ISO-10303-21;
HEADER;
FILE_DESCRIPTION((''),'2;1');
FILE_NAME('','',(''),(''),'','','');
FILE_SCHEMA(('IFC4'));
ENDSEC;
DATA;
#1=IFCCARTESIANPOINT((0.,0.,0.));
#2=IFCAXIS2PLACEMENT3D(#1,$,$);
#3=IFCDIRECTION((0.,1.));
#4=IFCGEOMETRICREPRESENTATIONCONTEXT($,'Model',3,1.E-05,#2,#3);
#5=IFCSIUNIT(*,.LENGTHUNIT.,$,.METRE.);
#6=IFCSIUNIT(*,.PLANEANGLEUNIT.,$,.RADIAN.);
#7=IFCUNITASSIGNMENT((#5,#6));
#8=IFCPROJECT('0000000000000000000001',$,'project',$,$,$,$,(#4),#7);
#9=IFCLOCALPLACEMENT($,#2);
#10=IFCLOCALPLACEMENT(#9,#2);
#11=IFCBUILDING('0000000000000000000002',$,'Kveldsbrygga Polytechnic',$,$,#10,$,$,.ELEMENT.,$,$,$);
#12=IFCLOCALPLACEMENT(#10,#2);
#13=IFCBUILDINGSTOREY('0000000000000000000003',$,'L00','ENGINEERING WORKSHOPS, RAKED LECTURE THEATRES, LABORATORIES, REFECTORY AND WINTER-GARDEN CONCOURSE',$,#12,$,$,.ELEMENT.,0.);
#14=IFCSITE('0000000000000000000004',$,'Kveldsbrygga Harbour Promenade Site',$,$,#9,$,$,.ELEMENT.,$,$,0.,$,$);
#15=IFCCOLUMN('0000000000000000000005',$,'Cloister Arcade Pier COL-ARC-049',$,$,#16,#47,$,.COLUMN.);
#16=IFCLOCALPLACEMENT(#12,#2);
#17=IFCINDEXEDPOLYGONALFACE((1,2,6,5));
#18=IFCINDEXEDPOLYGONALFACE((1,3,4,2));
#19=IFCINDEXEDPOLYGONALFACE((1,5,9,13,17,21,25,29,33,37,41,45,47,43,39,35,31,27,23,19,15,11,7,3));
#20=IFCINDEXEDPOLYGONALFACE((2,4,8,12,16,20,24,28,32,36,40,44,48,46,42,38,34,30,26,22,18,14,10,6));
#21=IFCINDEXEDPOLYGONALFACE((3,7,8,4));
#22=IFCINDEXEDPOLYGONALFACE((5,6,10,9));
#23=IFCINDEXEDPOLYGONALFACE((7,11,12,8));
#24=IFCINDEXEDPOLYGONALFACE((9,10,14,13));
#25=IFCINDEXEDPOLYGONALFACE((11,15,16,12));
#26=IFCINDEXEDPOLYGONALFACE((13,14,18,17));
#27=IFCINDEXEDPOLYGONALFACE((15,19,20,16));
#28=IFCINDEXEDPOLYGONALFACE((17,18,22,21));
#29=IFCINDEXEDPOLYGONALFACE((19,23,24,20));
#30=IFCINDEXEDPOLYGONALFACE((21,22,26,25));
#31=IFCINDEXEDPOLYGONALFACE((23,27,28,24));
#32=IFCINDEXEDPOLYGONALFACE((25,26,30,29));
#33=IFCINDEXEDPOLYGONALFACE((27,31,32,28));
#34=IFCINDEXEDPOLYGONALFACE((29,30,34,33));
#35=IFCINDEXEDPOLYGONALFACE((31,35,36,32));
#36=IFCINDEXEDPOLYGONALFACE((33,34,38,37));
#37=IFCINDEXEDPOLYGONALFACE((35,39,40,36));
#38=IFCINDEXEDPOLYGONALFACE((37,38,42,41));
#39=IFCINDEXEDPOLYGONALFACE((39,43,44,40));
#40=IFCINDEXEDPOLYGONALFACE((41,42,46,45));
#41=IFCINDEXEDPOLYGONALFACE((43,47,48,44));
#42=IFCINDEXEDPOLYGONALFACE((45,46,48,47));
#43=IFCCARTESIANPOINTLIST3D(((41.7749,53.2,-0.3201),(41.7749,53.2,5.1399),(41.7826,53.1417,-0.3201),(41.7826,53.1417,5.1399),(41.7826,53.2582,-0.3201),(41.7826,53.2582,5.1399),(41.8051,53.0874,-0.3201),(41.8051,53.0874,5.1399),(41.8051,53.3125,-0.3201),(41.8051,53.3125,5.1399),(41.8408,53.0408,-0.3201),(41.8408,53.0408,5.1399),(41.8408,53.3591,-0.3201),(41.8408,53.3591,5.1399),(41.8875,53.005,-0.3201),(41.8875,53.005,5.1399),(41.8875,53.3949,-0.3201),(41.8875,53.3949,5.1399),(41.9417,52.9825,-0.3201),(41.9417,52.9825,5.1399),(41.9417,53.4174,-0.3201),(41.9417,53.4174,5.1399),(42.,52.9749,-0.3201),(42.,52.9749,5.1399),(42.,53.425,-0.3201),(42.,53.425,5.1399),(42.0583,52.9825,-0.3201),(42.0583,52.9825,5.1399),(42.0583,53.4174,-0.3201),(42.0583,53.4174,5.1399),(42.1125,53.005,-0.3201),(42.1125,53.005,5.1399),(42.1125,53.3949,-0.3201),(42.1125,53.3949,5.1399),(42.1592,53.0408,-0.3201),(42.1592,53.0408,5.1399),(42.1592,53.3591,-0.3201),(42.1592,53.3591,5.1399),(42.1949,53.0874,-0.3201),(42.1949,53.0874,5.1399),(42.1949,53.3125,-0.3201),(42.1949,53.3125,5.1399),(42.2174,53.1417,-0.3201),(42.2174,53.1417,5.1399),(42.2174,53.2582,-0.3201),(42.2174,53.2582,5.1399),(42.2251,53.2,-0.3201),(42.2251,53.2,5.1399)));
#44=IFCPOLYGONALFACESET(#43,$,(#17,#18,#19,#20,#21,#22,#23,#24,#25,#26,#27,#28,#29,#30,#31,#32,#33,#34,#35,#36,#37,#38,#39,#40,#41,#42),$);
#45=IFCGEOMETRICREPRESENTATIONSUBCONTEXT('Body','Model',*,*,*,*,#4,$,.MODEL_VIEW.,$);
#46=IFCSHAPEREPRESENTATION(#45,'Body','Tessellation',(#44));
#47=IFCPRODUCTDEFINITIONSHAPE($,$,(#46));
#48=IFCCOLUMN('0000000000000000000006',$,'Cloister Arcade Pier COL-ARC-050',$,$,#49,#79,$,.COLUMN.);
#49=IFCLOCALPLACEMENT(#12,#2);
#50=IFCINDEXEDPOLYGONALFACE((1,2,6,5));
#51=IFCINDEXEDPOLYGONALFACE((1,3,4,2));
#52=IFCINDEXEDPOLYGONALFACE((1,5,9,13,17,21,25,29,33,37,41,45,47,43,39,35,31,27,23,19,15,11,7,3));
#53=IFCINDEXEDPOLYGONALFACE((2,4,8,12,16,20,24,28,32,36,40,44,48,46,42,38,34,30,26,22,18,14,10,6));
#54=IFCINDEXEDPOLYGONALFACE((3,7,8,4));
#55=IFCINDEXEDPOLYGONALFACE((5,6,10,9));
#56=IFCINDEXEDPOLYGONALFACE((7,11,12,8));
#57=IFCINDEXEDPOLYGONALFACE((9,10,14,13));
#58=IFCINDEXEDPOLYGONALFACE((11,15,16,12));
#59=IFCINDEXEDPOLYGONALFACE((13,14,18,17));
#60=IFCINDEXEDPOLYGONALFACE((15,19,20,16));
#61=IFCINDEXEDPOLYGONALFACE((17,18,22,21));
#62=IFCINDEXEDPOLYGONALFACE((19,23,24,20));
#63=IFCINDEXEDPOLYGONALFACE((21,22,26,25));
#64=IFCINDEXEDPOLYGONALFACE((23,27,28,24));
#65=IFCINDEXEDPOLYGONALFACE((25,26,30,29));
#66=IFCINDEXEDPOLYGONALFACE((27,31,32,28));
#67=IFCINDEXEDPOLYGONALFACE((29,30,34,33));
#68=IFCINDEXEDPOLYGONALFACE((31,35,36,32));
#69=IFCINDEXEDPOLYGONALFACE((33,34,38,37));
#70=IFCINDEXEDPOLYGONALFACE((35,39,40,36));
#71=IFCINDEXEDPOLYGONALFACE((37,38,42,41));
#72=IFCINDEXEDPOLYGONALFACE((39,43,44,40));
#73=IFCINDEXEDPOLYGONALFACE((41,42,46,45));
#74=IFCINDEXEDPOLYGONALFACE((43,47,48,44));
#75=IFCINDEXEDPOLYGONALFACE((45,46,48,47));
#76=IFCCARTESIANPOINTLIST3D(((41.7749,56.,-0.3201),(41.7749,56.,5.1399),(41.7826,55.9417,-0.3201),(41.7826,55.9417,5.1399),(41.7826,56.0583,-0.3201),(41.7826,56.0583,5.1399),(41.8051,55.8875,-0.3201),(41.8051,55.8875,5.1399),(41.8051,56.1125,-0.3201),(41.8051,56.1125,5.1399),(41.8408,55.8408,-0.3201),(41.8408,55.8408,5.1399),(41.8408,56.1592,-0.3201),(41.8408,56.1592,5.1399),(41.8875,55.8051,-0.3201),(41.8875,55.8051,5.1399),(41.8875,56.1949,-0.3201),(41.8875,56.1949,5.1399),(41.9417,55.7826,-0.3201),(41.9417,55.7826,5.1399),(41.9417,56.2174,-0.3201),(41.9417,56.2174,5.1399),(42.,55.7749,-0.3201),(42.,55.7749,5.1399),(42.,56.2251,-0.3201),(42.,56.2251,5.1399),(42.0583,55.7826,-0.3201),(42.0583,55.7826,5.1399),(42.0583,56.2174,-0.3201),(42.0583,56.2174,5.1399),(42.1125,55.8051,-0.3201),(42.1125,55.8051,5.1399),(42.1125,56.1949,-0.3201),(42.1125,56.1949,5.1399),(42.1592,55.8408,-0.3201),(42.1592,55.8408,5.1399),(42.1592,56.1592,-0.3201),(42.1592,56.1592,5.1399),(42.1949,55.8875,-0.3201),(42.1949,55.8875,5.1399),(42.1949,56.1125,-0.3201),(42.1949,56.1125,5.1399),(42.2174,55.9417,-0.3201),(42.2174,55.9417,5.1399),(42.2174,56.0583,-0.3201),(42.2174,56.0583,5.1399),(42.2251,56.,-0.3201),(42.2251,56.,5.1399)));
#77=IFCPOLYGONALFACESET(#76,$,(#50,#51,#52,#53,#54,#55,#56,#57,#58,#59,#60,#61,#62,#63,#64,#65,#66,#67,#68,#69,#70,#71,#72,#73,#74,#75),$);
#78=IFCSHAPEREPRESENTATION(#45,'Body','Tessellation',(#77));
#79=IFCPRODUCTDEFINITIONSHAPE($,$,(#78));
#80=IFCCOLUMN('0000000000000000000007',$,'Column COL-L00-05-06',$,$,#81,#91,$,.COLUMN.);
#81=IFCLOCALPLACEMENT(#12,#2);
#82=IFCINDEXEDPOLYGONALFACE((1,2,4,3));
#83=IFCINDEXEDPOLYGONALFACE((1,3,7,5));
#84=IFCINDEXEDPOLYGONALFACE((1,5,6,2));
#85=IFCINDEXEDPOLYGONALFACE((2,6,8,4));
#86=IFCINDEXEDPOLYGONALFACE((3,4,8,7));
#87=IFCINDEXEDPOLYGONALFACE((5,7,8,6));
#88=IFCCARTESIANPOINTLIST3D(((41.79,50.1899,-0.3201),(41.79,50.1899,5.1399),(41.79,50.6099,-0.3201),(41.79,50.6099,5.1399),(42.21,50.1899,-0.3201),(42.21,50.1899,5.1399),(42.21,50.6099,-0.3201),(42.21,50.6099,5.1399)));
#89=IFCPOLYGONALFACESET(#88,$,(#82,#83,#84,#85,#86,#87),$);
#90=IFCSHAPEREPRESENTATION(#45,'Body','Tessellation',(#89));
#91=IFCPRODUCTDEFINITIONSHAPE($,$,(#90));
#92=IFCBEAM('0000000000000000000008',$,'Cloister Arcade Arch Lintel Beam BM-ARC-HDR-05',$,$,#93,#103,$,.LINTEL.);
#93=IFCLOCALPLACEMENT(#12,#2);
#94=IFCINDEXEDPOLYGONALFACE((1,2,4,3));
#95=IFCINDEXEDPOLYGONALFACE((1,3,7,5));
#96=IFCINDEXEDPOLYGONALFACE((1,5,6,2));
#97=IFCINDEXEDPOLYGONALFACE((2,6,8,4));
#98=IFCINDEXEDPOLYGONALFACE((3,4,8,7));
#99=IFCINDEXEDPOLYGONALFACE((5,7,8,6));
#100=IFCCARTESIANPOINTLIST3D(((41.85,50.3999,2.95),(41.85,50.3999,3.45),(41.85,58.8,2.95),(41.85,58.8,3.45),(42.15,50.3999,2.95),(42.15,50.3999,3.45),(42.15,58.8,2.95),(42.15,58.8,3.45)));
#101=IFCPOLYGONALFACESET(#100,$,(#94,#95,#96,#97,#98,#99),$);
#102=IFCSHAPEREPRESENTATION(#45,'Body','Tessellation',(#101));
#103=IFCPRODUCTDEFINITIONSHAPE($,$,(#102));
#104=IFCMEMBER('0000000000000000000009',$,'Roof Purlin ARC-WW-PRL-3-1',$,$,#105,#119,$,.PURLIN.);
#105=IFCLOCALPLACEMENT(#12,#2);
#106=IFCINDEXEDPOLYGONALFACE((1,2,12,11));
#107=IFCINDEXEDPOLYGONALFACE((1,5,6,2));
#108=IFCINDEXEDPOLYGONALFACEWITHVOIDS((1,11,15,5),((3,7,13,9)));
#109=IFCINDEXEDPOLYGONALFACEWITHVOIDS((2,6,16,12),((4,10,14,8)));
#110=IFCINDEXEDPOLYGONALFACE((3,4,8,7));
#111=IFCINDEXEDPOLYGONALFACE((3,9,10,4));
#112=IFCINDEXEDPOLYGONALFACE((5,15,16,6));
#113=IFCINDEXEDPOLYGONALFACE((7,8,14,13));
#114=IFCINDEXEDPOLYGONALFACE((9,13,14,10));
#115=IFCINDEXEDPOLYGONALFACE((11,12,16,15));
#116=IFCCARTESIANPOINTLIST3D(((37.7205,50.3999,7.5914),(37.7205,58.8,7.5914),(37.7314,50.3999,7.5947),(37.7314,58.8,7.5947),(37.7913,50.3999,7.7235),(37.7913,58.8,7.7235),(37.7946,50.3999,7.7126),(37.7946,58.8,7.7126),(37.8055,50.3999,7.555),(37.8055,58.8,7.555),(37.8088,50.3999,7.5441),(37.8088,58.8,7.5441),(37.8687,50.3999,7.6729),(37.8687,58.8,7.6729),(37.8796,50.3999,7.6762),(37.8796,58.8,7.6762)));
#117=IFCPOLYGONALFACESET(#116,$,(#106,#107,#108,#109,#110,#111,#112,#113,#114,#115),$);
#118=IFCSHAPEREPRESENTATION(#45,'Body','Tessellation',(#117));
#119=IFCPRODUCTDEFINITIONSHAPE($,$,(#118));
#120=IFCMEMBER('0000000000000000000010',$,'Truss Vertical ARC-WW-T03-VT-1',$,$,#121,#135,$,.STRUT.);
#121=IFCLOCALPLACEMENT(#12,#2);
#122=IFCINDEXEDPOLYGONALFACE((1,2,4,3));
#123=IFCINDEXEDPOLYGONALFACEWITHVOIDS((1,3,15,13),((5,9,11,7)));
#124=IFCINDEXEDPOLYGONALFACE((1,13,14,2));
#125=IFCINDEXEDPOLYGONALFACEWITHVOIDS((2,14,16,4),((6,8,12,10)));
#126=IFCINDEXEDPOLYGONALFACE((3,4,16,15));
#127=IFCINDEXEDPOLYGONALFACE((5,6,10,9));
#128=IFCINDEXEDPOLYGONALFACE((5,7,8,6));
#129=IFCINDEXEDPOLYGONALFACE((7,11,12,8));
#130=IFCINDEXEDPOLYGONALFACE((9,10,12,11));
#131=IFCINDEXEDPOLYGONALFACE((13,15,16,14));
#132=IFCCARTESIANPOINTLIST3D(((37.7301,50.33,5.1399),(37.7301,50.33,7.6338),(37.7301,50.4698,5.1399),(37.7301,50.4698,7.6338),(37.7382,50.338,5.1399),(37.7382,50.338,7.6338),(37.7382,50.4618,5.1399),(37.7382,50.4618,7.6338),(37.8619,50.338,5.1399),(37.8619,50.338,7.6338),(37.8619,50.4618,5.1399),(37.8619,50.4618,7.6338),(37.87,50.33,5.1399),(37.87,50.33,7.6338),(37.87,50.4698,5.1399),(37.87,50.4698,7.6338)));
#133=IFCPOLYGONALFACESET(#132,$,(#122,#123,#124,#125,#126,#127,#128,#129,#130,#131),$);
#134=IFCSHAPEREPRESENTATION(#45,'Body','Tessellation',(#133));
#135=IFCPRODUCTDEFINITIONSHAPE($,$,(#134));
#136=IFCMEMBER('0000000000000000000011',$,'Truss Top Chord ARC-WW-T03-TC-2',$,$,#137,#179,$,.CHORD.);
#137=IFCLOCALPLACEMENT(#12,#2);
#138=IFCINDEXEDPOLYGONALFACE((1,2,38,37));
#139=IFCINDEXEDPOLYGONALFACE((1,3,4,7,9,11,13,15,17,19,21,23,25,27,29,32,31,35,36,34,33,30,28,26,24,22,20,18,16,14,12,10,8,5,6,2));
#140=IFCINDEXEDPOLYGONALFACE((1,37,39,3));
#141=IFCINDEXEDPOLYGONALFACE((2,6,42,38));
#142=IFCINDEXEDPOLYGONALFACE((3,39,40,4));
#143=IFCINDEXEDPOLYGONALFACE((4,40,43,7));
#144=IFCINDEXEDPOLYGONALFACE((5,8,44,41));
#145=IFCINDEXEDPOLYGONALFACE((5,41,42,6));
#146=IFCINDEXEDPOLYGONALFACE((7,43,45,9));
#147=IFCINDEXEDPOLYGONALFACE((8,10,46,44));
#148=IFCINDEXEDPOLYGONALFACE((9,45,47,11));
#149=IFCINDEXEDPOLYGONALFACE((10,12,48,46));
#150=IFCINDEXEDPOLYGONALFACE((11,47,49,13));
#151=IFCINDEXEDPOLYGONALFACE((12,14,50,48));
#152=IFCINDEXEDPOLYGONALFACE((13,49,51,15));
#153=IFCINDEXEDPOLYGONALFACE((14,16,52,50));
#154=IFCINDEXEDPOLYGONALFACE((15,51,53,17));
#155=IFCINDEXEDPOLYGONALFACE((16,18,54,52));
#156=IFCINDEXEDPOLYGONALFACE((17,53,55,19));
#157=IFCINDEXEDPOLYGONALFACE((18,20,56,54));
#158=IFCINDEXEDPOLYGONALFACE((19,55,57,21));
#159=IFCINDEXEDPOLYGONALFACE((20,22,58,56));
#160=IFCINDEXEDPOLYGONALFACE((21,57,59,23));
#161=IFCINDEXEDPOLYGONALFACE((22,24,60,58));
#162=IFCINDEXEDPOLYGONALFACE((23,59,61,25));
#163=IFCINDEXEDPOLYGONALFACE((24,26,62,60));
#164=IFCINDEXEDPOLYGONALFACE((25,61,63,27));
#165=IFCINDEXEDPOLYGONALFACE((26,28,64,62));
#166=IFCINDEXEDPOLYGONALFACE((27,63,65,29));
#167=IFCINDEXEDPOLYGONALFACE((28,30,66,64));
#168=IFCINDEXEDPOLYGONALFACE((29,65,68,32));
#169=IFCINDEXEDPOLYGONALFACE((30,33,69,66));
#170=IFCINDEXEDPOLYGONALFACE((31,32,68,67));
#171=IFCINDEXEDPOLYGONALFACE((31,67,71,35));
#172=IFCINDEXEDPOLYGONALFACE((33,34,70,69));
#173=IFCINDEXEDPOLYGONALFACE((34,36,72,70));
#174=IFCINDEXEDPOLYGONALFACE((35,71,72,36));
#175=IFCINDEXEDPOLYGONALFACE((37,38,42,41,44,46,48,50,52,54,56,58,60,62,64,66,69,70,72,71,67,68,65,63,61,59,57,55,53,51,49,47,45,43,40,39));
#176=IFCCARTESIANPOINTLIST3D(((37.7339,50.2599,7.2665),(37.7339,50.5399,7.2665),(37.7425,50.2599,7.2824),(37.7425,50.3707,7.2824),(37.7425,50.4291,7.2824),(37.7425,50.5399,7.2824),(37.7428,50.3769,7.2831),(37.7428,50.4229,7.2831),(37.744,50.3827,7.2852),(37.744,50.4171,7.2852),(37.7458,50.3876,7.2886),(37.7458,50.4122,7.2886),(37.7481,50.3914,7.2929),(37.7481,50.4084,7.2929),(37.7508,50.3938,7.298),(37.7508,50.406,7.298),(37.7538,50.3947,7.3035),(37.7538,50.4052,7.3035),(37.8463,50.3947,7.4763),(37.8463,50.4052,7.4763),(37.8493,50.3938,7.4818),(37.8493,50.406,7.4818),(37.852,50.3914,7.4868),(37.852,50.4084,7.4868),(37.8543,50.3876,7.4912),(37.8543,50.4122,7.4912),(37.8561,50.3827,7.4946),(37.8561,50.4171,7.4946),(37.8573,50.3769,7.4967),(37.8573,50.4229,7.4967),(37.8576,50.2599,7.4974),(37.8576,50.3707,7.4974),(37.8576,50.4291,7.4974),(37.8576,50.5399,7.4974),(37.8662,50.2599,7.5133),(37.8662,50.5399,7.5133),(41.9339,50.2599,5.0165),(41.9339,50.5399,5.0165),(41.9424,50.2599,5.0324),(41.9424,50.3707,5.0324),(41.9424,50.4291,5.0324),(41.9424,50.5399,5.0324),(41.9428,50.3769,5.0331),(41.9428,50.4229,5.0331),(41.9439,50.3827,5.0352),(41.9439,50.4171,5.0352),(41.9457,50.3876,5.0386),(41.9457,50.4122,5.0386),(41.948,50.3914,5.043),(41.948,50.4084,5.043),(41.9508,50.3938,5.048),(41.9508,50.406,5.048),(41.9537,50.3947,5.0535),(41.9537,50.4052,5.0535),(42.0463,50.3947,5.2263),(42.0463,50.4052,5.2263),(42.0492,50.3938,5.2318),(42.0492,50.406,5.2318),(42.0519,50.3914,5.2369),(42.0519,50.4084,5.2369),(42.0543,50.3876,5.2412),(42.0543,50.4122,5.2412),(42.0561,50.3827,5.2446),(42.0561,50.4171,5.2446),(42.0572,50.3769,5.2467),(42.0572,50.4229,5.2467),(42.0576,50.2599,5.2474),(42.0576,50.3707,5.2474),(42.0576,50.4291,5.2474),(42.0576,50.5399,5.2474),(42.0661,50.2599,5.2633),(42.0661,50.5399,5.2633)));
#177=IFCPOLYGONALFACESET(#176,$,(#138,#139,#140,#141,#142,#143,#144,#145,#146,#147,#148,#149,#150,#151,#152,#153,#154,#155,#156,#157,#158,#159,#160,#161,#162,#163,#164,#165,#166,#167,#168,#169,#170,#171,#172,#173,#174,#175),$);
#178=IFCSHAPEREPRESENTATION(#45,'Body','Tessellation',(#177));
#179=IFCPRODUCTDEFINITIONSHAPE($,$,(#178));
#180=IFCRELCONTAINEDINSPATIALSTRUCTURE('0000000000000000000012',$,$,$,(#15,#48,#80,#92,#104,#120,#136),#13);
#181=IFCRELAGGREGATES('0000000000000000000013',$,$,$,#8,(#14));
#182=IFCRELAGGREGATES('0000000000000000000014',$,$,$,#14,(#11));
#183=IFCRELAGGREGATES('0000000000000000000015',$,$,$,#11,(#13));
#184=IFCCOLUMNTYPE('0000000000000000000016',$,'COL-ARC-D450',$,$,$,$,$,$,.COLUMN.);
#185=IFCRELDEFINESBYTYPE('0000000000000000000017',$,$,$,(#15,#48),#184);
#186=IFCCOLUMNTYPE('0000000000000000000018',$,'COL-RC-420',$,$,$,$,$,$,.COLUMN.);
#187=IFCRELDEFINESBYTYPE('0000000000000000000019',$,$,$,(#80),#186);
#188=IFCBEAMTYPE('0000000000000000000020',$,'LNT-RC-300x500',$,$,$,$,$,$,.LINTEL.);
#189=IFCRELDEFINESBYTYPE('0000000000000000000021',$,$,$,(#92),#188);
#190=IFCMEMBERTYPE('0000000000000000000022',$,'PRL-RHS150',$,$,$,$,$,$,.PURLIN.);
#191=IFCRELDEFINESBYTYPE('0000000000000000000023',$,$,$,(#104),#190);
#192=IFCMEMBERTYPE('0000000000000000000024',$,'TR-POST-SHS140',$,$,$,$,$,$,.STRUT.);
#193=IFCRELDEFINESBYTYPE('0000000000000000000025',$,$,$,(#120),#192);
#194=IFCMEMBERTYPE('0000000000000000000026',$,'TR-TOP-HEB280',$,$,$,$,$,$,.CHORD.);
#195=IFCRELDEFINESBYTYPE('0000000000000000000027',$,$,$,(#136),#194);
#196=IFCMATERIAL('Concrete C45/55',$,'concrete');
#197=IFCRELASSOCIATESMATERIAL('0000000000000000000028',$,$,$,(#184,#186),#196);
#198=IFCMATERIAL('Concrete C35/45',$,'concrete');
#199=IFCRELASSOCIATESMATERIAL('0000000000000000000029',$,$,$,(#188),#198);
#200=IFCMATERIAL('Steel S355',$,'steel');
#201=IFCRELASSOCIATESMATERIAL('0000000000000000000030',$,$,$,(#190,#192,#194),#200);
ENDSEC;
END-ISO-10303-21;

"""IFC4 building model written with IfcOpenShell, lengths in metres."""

from ifc_helpers import new_model, si_unit, direction, frame, origin, origin_2d, place, context, subcontext, project, spatial, rectangle, hollow_rectangle, circle, i_section, extrude, material, material_profile, profile_set, type_object, element, save


model = new_model("IFC4")

# Units and contexts
model_context = context("Model", 3, precision=1e-05, world=origin(), true_north=direction((0.0, 1.0)))
body_context = subcontext(model_context, "Body", "Model", "MODEL_VIEW")
ifc_project = project(units=[si_unit("LENGTHUNIT", "METRE"), si_unit("PLANEANGLEUNIT", "RADIAN")], contexts=[model_context])

# Site, building, storey
site_placement = place(None, origin())
site = spatial("IfcSite", under=ifc_project, at=site_placement, Name="Kveldsbrygga Harbour Promenade Site", CompositionType="ELEMENT", RefElevation=0.0)
building_placement = place(site_placement, origin())
building = spatial("IfcBuilding", under=site, at=building_placement, Name="Kveldsbrygga Polytechnic", CompositionType="ELEMENT")
storey_placement = place(building_placement, origin())
storey = spatial("IfcBuildingStorey", under=building, at=storey_placement, Name="L00", Description="ENGINEERING WORKSHOPS, RAKED LECTURE THEATRES, LABORATORIES, REFECTORY AND WINTER-GARDEN CONCOURSE", CompositionType="ELEMENT", Elevation=0.0)

# Shared definitions
ifc_material_1 = material(Name="Concrete C35/45", Category="concrete")

# Shared definitions
ifc_material_2 = material(Name="Concrete C45/55", Category="concrete")

# Columns
ifc_material_profile_1 = material_profile(ifc_material_2, circle(Radius=0.2251, at=origin_2d()), Name="RC D450")
ifc_profile_set_1 = profile_set([ifc_material_profile_1], Name="Concrete C45/55")
column_type_1 = type_object("IfcColumnType", Name="COL-ARC-D450", PredefinedType="COLUMN", material=ifc_profile_set_1)
for number, where, z_axis, x_axis, name in (
    (1, (42.0, 53.2, -0.3201), (0.0, 0.0, 1.0), (1.0, 0.0, 0.0), "Cloister Arcade Pier COL-ARC-049"),
    (2, (42.0, 56.0, -0.3201), (0.0, 0.0, 1.0), (1.0, 0.0, 0.0), "Cloister Arcade Pier COL-ARC-050"),
):
    element("IfcColumn", number, at=place(storey_placement, frame(where, z_axis=z_axis, x_axis=x_axis)), inside=storey, type_object=column_type_1, Name=name, PredefinedType="COLUMN", context=body_context, shape_type="SweptSolid", body=[
        extrude(circle(Radius=0.2251, at=origin_2d()), origin(), (0.0, 0.0, 1.0), 5.46),
    ])
ifc_material_profile_2 = material_profile(ifc_material_2, rectangle(XDim=0.4199, YDim=0.4199, at=origin_2d()), Name="RC 420x420")
ifc_profile_set_2 = profile_set([ifc_material_profile_2], Name="Concrete C45/55")
column_type_2 = type_object("IfcColumnType", Name="COL-RC-420", PredefinedType="COLUMN", material=ifc_profile_set_2)
column_placement = place(storey_placement, frame((42.0, 50.3999, -0.3201), z_axis=(0.0, 0.0, 1.0), x_axis=(1.0, 0.0, 0.0)))
element("IfcColumn", 3, at=column_placement, inside=storey, type_object=column_type_2, Name="Column COL-L00-05-06", PredefinedType="COLUMN", context=body_context, shape_type="SweptSolid", body=[
    extrude(rectangle(XDim=0.4199, YDim=0.4199, at=origin_2d()), origin(), (0.0, 0.0, 1.0), 5.46),
])

# Beam
ifc_material_profile_3 = material_profile(ifc_material_1, rectangle(XDim=0.3, YDim=0.5, at=origin_2d()), Name="RC 300x500")
ifc_profile_set_3 = profile_set([ifc_material_profile_3], Name="Concrete C35/45")
beam_type = type_object("IfcBeamType", Name="LNT-RC-300x500", PredefinedType="LINTEL", material=ifc_profile_set_3)
beam_placement = place(storey_placement, frame((42.0, 50.3999, 3.2), z_axis=(0.0, 1.0, 0.0), x_axis=(-1.0, 0.0, 0.0)))
element("IfcBeam", 4, at=beam_placement, inside=storey, type_object=beam_type, Name="Cloister Arcade Arch Lintel Beam BM-ARC-HDR-05", PredefinedType="LINTEL", context=body_context, shape_type="SweptSolid", body=[
    extrude(rectangle(XDim=0.3, YDim=0.5, at=origin_2d()), origin(), (0.0, 0.0, 1.0), 8.4001),
])

# Members
ifc_material_3 = material(Name="Steel S355", Category="steel")
ifc_material_profile_4 = material_profile(ifc_material_3, hollow_rectangle(XDim=0.1001, YDim=0.1499, WallThickness=0.0081, at=origin_2d()), Name="RHS 150x100x8.0")
ifc_profile_set_4 = profile_set([ifc_material_profile_4], Name="Steel S355")
member_type_1 = type_object("IfcMemberType", Name="PRL-RHS150", PredefinedType="PURLIN", material=ifc_profile_set_4)
member_1_placement = place(storey_placement, frame((37.8, 50.3999, 7.6338), z_axis=(0.0, 1.0, 0.0), x_axis=(-0.88148, 0.0, 0.472222)))
element("IfcMember", 5, at=member_1_placement, inside=storey, type_object=member_type_1, Name="Roof Purlin ARC-WW-PRL-3-1", PredefinedType="PURLIN", context=body_context, shape_type="SweptSolid", body=[
    extrude(hollow_rectangle(XDim=0.1001, YDim=0.1499, WallThickness=0.0081, at=origin_2d()), origin(), (0.0, 0.0, 1.0), 8.4001),
])
ifc_material_profile_5 = material_profile(ifc_material_3, hollow_rectangle(XDim=0.1399, YDim=0.1399, WallThickness=0.0081, at=origin_2d()), Name="SHS 140x140x8.0")
ifc_profile_set_5 = profile_set([ifc_material_profile_5], Name="Steel S355")
member_type_2 = type_object("IfcMemberType", Name="TR-POST-SHS140", PredefinedType="STRUT", material=ifc_profile_set_5)
member_2_placement = place(storey_placement, frame((37.8, 50.3999, 5.1399), z_axis=(0.0, 0.0, 1.0), x_axis=(1.0, 0.0, 0.0)))
element("IfcMember", 6, at=member_2_placement, inside=storey, type_object=member_type_2, Name="Truss Vertical ARC-WW-T03-VT-1", PredefinedType="STRUT", context=body_context, shape_type="SweptSolid", body=[
    extrude(hollow_rectangle(XDim=0.1399, YDim=0.1399, WallThickness=0.0081, at=origin_2d()), origin(), (0.0, 0.0, 1.0), 2.4939),
])
ifc_material_profile_6 = material_profile(ifc_material_3, i_section(OverallWidth=0.28, OverallDepth=0.28, WebThickness=0.0105, FlangeThickness=0.0181, FilletRadius=0.0239, at=origin_2d()), Name="HEB 280")
ifc_profile_set_6 = profile_set([ifc_material_profile_6], Name="Steel S355")
member_type_3 = type_object("IfcMemberType", Name="TR-TOP-HEB280", PredefinedType="CHORD", material=ifc_profile_set_6)
member_3_placement = place(storey_placement, frame((37.8, 50.3999, 7.3899), z_axis=(0.881478, 0.0, -0.472226), x_axis=(0.0, 1.0, 0.0)))
element("IfcMember", 7, at=member_3_placement, inside=storey, type_object=member_type_3, Name="Truss Top Chord ARC-WW-T03-TC-2", PredefinedType="CHORD", context=body_context, shape_type="SweptSolid", body=[
    extrude(i_section(OverallWidth=0.28, OverallDepth=0.28, WebThickness=0.0105, FlangeThickness=0.0181, FilletRadius=0.0239, at=origin_2d()), origin(), (0.0, 0.0, 1.0), 4.7646),
])

save(model, "model.ifc")
